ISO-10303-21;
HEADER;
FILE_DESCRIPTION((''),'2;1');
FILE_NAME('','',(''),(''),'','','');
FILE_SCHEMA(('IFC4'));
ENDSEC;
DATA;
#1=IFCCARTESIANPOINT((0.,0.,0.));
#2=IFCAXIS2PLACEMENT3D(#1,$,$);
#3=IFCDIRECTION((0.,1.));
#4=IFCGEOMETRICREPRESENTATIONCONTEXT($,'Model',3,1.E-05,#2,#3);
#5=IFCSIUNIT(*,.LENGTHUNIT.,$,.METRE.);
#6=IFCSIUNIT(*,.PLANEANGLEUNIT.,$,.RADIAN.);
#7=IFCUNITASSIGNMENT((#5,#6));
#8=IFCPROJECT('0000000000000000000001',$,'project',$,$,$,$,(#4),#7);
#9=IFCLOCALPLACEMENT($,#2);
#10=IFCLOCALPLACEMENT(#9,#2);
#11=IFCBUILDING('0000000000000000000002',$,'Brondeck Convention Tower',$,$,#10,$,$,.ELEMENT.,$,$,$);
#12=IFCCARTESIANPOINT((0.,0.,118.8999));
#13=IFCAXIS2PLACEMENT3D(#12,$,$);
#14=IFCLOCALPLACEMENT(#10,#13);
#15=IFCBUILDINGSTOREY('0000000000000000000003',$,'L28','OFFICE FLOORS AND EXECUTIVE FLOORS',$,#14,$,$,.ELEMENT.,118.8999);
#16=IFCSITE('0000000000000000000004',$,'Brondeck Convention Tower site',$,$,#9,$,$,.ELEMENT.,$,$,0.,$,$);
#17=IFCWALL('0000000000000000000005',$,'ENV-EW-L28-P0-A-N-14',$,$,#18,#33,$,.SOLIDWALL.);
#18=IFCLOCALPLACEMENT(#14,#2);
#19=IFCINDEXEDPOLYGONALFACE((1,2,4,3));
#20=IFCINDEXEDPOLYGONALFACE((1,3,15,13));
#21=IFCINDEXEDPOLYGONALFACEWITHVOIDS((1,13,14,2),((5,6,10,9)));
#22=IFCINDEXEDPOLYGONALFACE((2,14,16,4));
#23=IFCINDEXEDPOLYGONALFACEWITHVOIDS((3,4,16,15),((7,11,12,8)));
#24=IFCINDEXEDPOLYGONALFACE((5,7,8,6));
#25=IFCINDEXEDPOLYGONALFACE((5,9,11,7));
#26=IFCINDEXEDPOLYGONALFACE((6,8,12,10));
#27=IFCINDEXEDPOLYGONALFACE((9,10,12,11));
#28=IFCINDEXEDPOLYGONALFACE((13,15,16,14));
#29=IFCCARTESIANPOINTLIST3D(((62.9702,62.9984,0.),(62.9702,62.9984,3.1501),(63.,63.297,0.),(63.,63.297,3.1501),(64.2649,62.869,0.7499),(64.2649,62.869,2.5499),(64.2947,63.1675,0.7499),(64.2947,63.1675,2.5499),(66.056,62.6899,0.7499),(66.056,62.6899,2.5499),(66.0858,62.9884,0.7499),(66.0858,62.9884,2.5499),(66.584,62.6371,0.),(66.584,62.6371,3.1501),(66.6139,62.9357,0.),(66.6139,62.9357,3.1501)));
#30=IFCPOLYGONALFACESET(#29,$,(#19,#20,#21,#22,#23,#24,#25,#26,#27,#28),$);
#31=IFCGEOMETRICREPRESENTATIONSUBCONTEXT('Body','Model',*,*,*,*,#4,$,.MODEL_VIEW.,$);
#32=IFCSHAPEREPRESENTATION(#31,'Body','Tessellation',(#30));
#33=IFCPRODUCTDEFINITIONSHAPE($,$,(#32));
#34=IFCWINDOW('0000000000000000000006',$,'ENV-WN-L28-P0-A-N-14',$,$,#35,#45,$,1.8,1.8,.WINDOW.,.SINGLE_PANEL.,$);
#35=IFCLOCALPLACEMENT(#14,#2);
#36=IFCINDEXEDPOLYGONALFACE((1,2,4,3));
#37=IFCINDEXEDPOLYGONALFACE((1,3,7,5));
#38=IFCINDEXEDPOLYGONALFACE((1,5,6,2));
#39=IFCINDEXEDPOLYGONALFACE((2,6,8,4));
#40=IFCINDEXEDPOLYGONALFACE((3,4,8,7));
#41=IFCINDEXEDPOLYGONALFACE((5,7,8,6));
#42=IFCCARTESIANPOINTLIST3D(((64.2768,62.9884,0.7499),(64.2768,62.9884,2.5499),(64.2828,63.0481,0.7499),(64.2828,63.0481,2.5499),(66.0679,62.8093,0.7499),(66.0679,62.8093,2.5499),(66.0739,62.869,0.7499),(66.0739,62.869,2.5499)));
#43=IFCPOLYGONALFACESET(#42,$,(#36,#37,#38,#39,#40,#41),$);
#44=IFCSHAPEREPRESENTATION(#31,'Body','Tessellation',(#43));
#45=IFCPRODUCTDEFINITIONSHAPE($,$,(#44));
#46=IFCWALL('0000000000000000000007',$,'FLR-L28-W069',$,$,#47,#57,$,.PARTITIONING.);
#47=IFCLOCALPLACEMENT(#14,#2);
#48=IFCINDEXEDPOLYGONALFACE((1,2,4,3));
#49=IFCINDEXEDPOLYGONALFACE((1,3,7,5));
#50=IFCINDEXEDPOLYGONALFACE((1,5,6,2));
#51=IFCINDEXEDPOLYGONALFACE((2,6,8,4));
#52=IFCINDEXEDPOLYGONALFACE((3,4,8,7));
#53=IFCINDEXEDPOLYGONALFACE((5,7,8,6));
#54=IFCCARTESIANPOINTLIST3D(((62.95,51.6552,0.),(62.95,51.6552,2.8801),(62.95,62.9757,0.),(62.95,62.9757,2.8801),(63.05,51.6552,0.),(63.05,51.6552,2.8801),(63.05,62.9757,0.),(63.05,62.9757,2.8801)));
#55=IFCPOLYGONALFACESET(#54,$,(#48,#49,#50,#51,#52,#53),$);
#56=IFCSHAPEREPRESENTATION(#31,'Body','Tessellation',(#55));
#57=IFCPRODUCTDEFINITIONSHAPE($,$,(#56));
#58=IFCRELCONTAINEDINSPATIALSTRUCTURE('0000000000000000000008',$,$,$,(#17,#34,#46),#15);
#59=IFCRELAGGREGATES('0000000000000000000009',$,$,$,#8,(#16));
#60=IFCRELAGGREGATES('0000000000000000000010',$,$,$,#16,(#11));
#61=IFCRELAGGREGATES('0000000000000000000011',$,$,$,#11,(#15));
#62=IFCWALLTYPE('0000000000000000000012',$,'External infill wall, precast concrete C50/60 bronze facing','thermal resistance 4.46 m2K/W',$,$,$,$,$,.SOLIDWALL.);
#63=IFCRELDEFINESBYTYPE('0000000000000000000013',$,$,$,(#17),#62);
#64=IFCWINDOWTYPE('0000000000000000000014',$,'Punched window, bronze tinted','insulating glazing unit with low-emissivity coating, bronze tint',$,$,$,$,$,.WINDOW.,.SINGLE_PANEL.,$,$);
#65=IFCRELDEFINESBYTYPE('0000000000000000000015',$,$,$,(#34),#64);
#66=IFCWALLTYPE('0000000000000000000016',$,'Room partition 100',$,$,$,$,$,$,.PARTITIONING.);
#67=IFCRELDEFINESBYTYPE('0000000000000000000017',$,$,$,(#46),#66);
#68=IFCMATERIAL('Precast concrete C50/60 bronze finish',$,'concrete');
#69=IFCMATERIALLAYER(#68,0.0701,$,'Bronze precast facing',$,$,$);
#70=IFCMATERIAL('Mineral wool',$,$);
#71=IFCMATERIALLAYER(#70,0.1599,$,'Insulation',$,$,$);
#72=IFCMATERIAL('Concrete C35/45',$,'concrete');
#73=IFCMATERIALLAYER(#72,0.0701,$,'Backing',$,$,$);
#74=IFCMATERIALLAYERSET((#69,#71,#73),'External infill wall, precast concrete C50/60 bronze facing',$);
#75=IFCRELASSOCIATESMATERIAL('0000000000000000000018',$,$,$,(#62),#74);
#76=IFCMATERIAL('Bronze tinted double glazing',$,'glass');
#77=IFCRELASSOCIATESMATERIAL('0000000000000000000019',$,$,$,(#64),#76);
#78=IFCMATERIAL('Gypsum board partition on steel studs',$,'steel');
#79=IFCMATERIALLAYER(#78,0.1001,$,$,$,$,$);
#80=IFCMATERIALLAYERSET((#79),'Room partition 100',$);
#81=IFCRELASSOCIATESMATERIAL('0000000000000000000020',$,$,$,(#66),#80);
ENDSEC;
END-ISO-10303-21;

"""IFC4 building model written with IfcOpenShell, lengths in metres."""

from ifc_helpers import new_model, si_unit, direction, frame, frame_2d, origin, place, context, subcontext, project, spatial, rectangle, extrude, material, layer, layer_set, type_object, element, fill, save


model = new_model("IFC4")

# Units and contexts
model_context = context("Model", 3, precision=1e-05, world=origin(), true_north=direction((0.0, 1.0)))
body_context = subcontext(model_context, "Body", "Model", "MODEL_VIEW")
ifc_project = project(units=[si_unit("LENGTHUNIT", "METRE"), si_unit("PLANEANGLEUNIT", "RADIAN")], contexts=[model_context])

# Site, building, storey
site_placement = place(None, origin())
site = spatial("IfcSite", under=ifc_project, at=site_placement, Name="Brondeck Convention Tower site", CompositionType="ELEMENT", RefElevation=0.0)
building_placement = place(site_placement, origin())
building = spatial("IfcBuilding", under=site, at=building_placement, Name="Brondeck Convention Tower", CompositionType="ELEMENT")
storey_placement = place(building_placement, frame((0.0, 0.0, 118.8999)))
storey = spatial("IfcBuildingStorey", under=building, at=storey_placement, Name="L28", Description="OFFICE FLOORS AND EXECUTIVE FLOORS", CompositionType="ELEMENT", Elevation=118.8999)

# Shared definitions
ifc_material_1 = material(Name="Precast concrete C50/60 bronze finish", Category="concrete")
ifc_layer_1 = layer(ifc_material_1, 0.0701, Name="Bronze precast facing")
ifc_material_2 = material(Name="Mineral wool")
ifc_layer_2 = layer(ifc_material_2, 0.1599, Name="Insulation")
ifc_material_3 = material(Name="Concrete C35/45", Category="concrete")
ifc_layer_3 = layer(ifc_material_3, 0.0701, Name="Backing")
ifc_layer_set_1 = layer_set([ifc_layer_1, ifc_layer_2, ifc_layer_3], Name="External infill wall, precast concrete C50/60 bronze facing")
wall_type_1 = type_object("IfcWallType", Name="External infill wall, precast concrete C50/60 bronze facing", Description="thermal resistance 4.46 m2K/W", PredefinedType="SOLIDWALL", material=ifc_layer_set_1)
ifc_material_4 = material(Name="Bronze tinted double glazing", Category="glass")
window_type_1 = type_object("IfcWindowType", Name="Punched window, bronze tinted", Description="insulating glazing unit with low-emissivity coating, bronze tint", PartitioningType="SINGLE_PANEL", PredefinedType="WINDOW", material=ifc_material_4)

# Wall, opening, window
wall_1_placement = place(storey_placement, frame((62.9851, 63.1477, 0.0), z_axis=(0.0, 0.0, 1.0), x_axis=(0.995039, -0.09949, 0.0)))
wall_1 = element("IfcWall", 1, at=wall_1_placement, inside=storey, type_object=wall_type_1, Name="ENV-EW-L28-P0-A-N-14", PredefinedType="SOLIDWALL", context=body_context, shape_type="SweptSolid", body=[
    extrude(rectangle(XDim=3.6318, YDim=0.3, at=frame_2d((1.8159, 0.0))), origin(), (0.0, 0.0, 1.0), 3.1501),
])
opening_1_placement = place(wall_1_placement, frame((1.3013, 0.0, 0.75)))
opening_1 = element("IfcOpeningElement", 2, at=opening_1_placement, cuts=wall_1, PredefinedType="OPENING", context=body_context, shape_type="SweptSolid", body=[
    extrude(rectangle(XDim=1.8, YDim=1.8, at=frame_2d((0.8999, 0.8999))), frame((0.0, 0.1599, 0.0), z_axis=(0.0, -1.0, 0.0), x_axis=(1.0, 0.0, 0.0)), (0.0, 0.0, 1.0), 0.3201),
])
window_1_placement = place(opening_1_placement, origin())
window_1 = element("IfcWindow", 3, at=window_1_placement, inside=storey, type_object=window_type_1, Name="ENV-WN-L28-P0-A-N-14", OverallHeight=1.8, OverallWidth=1.8, PartitioningType="SINGLE_PANEL", PredefinedType="WINDOW", context=body_context, shape_type="SweptSolid", body=[
    extrude(rectangle(XDim=1.8, YDim=1.8, at=frame_2d((0.8999, 0.8999))), frame((0.0, 0.03, 0.0), z_axis=(0.0, -1.0, 0.0), x_axis=(1.0, 0.0, 0.0)), (0.0, 0.0, 1.0), 0.0601),
])
fill(opening_1, window_1)

# Wall
ifc_material_5 = material(Name="Gypsum board partition on steel studs", Category="steel")
ifc_layer_4 = layer(ifc_material_5, 0.1001)
ifc_layer_set_2 = layer_set([ifc_layer_4], Name="Room partition 100")
wall_type_2 = type_object("IfcWallType", Name="Room partition 100", PredefinedType="PARTITIONING", material=ifc_layer_set_2)
wall_2_placement = place(storey_placement, frame((63.0, 62.9756, 0.0), z_axis=(0.0, 0.0, 1.0), x_axis=(0.0, -1.0, 0.0)))
element("IfcWall", 4, at=wall_2_placement, inside=storey, type_object=wall_type_2, Name="FLR-L28-W069", PredefinedType="PARTITIONING", context=body_context, shape_type="SweptSolid", body=[
    extrude(rectangle(XDim=11.3206, YDim=0.1001, at=frame_2d((5.6602, 0.0))), origin(), (0.0, 0.0, 1.0), 2.8801),
])

save(model, "model.ifc")
